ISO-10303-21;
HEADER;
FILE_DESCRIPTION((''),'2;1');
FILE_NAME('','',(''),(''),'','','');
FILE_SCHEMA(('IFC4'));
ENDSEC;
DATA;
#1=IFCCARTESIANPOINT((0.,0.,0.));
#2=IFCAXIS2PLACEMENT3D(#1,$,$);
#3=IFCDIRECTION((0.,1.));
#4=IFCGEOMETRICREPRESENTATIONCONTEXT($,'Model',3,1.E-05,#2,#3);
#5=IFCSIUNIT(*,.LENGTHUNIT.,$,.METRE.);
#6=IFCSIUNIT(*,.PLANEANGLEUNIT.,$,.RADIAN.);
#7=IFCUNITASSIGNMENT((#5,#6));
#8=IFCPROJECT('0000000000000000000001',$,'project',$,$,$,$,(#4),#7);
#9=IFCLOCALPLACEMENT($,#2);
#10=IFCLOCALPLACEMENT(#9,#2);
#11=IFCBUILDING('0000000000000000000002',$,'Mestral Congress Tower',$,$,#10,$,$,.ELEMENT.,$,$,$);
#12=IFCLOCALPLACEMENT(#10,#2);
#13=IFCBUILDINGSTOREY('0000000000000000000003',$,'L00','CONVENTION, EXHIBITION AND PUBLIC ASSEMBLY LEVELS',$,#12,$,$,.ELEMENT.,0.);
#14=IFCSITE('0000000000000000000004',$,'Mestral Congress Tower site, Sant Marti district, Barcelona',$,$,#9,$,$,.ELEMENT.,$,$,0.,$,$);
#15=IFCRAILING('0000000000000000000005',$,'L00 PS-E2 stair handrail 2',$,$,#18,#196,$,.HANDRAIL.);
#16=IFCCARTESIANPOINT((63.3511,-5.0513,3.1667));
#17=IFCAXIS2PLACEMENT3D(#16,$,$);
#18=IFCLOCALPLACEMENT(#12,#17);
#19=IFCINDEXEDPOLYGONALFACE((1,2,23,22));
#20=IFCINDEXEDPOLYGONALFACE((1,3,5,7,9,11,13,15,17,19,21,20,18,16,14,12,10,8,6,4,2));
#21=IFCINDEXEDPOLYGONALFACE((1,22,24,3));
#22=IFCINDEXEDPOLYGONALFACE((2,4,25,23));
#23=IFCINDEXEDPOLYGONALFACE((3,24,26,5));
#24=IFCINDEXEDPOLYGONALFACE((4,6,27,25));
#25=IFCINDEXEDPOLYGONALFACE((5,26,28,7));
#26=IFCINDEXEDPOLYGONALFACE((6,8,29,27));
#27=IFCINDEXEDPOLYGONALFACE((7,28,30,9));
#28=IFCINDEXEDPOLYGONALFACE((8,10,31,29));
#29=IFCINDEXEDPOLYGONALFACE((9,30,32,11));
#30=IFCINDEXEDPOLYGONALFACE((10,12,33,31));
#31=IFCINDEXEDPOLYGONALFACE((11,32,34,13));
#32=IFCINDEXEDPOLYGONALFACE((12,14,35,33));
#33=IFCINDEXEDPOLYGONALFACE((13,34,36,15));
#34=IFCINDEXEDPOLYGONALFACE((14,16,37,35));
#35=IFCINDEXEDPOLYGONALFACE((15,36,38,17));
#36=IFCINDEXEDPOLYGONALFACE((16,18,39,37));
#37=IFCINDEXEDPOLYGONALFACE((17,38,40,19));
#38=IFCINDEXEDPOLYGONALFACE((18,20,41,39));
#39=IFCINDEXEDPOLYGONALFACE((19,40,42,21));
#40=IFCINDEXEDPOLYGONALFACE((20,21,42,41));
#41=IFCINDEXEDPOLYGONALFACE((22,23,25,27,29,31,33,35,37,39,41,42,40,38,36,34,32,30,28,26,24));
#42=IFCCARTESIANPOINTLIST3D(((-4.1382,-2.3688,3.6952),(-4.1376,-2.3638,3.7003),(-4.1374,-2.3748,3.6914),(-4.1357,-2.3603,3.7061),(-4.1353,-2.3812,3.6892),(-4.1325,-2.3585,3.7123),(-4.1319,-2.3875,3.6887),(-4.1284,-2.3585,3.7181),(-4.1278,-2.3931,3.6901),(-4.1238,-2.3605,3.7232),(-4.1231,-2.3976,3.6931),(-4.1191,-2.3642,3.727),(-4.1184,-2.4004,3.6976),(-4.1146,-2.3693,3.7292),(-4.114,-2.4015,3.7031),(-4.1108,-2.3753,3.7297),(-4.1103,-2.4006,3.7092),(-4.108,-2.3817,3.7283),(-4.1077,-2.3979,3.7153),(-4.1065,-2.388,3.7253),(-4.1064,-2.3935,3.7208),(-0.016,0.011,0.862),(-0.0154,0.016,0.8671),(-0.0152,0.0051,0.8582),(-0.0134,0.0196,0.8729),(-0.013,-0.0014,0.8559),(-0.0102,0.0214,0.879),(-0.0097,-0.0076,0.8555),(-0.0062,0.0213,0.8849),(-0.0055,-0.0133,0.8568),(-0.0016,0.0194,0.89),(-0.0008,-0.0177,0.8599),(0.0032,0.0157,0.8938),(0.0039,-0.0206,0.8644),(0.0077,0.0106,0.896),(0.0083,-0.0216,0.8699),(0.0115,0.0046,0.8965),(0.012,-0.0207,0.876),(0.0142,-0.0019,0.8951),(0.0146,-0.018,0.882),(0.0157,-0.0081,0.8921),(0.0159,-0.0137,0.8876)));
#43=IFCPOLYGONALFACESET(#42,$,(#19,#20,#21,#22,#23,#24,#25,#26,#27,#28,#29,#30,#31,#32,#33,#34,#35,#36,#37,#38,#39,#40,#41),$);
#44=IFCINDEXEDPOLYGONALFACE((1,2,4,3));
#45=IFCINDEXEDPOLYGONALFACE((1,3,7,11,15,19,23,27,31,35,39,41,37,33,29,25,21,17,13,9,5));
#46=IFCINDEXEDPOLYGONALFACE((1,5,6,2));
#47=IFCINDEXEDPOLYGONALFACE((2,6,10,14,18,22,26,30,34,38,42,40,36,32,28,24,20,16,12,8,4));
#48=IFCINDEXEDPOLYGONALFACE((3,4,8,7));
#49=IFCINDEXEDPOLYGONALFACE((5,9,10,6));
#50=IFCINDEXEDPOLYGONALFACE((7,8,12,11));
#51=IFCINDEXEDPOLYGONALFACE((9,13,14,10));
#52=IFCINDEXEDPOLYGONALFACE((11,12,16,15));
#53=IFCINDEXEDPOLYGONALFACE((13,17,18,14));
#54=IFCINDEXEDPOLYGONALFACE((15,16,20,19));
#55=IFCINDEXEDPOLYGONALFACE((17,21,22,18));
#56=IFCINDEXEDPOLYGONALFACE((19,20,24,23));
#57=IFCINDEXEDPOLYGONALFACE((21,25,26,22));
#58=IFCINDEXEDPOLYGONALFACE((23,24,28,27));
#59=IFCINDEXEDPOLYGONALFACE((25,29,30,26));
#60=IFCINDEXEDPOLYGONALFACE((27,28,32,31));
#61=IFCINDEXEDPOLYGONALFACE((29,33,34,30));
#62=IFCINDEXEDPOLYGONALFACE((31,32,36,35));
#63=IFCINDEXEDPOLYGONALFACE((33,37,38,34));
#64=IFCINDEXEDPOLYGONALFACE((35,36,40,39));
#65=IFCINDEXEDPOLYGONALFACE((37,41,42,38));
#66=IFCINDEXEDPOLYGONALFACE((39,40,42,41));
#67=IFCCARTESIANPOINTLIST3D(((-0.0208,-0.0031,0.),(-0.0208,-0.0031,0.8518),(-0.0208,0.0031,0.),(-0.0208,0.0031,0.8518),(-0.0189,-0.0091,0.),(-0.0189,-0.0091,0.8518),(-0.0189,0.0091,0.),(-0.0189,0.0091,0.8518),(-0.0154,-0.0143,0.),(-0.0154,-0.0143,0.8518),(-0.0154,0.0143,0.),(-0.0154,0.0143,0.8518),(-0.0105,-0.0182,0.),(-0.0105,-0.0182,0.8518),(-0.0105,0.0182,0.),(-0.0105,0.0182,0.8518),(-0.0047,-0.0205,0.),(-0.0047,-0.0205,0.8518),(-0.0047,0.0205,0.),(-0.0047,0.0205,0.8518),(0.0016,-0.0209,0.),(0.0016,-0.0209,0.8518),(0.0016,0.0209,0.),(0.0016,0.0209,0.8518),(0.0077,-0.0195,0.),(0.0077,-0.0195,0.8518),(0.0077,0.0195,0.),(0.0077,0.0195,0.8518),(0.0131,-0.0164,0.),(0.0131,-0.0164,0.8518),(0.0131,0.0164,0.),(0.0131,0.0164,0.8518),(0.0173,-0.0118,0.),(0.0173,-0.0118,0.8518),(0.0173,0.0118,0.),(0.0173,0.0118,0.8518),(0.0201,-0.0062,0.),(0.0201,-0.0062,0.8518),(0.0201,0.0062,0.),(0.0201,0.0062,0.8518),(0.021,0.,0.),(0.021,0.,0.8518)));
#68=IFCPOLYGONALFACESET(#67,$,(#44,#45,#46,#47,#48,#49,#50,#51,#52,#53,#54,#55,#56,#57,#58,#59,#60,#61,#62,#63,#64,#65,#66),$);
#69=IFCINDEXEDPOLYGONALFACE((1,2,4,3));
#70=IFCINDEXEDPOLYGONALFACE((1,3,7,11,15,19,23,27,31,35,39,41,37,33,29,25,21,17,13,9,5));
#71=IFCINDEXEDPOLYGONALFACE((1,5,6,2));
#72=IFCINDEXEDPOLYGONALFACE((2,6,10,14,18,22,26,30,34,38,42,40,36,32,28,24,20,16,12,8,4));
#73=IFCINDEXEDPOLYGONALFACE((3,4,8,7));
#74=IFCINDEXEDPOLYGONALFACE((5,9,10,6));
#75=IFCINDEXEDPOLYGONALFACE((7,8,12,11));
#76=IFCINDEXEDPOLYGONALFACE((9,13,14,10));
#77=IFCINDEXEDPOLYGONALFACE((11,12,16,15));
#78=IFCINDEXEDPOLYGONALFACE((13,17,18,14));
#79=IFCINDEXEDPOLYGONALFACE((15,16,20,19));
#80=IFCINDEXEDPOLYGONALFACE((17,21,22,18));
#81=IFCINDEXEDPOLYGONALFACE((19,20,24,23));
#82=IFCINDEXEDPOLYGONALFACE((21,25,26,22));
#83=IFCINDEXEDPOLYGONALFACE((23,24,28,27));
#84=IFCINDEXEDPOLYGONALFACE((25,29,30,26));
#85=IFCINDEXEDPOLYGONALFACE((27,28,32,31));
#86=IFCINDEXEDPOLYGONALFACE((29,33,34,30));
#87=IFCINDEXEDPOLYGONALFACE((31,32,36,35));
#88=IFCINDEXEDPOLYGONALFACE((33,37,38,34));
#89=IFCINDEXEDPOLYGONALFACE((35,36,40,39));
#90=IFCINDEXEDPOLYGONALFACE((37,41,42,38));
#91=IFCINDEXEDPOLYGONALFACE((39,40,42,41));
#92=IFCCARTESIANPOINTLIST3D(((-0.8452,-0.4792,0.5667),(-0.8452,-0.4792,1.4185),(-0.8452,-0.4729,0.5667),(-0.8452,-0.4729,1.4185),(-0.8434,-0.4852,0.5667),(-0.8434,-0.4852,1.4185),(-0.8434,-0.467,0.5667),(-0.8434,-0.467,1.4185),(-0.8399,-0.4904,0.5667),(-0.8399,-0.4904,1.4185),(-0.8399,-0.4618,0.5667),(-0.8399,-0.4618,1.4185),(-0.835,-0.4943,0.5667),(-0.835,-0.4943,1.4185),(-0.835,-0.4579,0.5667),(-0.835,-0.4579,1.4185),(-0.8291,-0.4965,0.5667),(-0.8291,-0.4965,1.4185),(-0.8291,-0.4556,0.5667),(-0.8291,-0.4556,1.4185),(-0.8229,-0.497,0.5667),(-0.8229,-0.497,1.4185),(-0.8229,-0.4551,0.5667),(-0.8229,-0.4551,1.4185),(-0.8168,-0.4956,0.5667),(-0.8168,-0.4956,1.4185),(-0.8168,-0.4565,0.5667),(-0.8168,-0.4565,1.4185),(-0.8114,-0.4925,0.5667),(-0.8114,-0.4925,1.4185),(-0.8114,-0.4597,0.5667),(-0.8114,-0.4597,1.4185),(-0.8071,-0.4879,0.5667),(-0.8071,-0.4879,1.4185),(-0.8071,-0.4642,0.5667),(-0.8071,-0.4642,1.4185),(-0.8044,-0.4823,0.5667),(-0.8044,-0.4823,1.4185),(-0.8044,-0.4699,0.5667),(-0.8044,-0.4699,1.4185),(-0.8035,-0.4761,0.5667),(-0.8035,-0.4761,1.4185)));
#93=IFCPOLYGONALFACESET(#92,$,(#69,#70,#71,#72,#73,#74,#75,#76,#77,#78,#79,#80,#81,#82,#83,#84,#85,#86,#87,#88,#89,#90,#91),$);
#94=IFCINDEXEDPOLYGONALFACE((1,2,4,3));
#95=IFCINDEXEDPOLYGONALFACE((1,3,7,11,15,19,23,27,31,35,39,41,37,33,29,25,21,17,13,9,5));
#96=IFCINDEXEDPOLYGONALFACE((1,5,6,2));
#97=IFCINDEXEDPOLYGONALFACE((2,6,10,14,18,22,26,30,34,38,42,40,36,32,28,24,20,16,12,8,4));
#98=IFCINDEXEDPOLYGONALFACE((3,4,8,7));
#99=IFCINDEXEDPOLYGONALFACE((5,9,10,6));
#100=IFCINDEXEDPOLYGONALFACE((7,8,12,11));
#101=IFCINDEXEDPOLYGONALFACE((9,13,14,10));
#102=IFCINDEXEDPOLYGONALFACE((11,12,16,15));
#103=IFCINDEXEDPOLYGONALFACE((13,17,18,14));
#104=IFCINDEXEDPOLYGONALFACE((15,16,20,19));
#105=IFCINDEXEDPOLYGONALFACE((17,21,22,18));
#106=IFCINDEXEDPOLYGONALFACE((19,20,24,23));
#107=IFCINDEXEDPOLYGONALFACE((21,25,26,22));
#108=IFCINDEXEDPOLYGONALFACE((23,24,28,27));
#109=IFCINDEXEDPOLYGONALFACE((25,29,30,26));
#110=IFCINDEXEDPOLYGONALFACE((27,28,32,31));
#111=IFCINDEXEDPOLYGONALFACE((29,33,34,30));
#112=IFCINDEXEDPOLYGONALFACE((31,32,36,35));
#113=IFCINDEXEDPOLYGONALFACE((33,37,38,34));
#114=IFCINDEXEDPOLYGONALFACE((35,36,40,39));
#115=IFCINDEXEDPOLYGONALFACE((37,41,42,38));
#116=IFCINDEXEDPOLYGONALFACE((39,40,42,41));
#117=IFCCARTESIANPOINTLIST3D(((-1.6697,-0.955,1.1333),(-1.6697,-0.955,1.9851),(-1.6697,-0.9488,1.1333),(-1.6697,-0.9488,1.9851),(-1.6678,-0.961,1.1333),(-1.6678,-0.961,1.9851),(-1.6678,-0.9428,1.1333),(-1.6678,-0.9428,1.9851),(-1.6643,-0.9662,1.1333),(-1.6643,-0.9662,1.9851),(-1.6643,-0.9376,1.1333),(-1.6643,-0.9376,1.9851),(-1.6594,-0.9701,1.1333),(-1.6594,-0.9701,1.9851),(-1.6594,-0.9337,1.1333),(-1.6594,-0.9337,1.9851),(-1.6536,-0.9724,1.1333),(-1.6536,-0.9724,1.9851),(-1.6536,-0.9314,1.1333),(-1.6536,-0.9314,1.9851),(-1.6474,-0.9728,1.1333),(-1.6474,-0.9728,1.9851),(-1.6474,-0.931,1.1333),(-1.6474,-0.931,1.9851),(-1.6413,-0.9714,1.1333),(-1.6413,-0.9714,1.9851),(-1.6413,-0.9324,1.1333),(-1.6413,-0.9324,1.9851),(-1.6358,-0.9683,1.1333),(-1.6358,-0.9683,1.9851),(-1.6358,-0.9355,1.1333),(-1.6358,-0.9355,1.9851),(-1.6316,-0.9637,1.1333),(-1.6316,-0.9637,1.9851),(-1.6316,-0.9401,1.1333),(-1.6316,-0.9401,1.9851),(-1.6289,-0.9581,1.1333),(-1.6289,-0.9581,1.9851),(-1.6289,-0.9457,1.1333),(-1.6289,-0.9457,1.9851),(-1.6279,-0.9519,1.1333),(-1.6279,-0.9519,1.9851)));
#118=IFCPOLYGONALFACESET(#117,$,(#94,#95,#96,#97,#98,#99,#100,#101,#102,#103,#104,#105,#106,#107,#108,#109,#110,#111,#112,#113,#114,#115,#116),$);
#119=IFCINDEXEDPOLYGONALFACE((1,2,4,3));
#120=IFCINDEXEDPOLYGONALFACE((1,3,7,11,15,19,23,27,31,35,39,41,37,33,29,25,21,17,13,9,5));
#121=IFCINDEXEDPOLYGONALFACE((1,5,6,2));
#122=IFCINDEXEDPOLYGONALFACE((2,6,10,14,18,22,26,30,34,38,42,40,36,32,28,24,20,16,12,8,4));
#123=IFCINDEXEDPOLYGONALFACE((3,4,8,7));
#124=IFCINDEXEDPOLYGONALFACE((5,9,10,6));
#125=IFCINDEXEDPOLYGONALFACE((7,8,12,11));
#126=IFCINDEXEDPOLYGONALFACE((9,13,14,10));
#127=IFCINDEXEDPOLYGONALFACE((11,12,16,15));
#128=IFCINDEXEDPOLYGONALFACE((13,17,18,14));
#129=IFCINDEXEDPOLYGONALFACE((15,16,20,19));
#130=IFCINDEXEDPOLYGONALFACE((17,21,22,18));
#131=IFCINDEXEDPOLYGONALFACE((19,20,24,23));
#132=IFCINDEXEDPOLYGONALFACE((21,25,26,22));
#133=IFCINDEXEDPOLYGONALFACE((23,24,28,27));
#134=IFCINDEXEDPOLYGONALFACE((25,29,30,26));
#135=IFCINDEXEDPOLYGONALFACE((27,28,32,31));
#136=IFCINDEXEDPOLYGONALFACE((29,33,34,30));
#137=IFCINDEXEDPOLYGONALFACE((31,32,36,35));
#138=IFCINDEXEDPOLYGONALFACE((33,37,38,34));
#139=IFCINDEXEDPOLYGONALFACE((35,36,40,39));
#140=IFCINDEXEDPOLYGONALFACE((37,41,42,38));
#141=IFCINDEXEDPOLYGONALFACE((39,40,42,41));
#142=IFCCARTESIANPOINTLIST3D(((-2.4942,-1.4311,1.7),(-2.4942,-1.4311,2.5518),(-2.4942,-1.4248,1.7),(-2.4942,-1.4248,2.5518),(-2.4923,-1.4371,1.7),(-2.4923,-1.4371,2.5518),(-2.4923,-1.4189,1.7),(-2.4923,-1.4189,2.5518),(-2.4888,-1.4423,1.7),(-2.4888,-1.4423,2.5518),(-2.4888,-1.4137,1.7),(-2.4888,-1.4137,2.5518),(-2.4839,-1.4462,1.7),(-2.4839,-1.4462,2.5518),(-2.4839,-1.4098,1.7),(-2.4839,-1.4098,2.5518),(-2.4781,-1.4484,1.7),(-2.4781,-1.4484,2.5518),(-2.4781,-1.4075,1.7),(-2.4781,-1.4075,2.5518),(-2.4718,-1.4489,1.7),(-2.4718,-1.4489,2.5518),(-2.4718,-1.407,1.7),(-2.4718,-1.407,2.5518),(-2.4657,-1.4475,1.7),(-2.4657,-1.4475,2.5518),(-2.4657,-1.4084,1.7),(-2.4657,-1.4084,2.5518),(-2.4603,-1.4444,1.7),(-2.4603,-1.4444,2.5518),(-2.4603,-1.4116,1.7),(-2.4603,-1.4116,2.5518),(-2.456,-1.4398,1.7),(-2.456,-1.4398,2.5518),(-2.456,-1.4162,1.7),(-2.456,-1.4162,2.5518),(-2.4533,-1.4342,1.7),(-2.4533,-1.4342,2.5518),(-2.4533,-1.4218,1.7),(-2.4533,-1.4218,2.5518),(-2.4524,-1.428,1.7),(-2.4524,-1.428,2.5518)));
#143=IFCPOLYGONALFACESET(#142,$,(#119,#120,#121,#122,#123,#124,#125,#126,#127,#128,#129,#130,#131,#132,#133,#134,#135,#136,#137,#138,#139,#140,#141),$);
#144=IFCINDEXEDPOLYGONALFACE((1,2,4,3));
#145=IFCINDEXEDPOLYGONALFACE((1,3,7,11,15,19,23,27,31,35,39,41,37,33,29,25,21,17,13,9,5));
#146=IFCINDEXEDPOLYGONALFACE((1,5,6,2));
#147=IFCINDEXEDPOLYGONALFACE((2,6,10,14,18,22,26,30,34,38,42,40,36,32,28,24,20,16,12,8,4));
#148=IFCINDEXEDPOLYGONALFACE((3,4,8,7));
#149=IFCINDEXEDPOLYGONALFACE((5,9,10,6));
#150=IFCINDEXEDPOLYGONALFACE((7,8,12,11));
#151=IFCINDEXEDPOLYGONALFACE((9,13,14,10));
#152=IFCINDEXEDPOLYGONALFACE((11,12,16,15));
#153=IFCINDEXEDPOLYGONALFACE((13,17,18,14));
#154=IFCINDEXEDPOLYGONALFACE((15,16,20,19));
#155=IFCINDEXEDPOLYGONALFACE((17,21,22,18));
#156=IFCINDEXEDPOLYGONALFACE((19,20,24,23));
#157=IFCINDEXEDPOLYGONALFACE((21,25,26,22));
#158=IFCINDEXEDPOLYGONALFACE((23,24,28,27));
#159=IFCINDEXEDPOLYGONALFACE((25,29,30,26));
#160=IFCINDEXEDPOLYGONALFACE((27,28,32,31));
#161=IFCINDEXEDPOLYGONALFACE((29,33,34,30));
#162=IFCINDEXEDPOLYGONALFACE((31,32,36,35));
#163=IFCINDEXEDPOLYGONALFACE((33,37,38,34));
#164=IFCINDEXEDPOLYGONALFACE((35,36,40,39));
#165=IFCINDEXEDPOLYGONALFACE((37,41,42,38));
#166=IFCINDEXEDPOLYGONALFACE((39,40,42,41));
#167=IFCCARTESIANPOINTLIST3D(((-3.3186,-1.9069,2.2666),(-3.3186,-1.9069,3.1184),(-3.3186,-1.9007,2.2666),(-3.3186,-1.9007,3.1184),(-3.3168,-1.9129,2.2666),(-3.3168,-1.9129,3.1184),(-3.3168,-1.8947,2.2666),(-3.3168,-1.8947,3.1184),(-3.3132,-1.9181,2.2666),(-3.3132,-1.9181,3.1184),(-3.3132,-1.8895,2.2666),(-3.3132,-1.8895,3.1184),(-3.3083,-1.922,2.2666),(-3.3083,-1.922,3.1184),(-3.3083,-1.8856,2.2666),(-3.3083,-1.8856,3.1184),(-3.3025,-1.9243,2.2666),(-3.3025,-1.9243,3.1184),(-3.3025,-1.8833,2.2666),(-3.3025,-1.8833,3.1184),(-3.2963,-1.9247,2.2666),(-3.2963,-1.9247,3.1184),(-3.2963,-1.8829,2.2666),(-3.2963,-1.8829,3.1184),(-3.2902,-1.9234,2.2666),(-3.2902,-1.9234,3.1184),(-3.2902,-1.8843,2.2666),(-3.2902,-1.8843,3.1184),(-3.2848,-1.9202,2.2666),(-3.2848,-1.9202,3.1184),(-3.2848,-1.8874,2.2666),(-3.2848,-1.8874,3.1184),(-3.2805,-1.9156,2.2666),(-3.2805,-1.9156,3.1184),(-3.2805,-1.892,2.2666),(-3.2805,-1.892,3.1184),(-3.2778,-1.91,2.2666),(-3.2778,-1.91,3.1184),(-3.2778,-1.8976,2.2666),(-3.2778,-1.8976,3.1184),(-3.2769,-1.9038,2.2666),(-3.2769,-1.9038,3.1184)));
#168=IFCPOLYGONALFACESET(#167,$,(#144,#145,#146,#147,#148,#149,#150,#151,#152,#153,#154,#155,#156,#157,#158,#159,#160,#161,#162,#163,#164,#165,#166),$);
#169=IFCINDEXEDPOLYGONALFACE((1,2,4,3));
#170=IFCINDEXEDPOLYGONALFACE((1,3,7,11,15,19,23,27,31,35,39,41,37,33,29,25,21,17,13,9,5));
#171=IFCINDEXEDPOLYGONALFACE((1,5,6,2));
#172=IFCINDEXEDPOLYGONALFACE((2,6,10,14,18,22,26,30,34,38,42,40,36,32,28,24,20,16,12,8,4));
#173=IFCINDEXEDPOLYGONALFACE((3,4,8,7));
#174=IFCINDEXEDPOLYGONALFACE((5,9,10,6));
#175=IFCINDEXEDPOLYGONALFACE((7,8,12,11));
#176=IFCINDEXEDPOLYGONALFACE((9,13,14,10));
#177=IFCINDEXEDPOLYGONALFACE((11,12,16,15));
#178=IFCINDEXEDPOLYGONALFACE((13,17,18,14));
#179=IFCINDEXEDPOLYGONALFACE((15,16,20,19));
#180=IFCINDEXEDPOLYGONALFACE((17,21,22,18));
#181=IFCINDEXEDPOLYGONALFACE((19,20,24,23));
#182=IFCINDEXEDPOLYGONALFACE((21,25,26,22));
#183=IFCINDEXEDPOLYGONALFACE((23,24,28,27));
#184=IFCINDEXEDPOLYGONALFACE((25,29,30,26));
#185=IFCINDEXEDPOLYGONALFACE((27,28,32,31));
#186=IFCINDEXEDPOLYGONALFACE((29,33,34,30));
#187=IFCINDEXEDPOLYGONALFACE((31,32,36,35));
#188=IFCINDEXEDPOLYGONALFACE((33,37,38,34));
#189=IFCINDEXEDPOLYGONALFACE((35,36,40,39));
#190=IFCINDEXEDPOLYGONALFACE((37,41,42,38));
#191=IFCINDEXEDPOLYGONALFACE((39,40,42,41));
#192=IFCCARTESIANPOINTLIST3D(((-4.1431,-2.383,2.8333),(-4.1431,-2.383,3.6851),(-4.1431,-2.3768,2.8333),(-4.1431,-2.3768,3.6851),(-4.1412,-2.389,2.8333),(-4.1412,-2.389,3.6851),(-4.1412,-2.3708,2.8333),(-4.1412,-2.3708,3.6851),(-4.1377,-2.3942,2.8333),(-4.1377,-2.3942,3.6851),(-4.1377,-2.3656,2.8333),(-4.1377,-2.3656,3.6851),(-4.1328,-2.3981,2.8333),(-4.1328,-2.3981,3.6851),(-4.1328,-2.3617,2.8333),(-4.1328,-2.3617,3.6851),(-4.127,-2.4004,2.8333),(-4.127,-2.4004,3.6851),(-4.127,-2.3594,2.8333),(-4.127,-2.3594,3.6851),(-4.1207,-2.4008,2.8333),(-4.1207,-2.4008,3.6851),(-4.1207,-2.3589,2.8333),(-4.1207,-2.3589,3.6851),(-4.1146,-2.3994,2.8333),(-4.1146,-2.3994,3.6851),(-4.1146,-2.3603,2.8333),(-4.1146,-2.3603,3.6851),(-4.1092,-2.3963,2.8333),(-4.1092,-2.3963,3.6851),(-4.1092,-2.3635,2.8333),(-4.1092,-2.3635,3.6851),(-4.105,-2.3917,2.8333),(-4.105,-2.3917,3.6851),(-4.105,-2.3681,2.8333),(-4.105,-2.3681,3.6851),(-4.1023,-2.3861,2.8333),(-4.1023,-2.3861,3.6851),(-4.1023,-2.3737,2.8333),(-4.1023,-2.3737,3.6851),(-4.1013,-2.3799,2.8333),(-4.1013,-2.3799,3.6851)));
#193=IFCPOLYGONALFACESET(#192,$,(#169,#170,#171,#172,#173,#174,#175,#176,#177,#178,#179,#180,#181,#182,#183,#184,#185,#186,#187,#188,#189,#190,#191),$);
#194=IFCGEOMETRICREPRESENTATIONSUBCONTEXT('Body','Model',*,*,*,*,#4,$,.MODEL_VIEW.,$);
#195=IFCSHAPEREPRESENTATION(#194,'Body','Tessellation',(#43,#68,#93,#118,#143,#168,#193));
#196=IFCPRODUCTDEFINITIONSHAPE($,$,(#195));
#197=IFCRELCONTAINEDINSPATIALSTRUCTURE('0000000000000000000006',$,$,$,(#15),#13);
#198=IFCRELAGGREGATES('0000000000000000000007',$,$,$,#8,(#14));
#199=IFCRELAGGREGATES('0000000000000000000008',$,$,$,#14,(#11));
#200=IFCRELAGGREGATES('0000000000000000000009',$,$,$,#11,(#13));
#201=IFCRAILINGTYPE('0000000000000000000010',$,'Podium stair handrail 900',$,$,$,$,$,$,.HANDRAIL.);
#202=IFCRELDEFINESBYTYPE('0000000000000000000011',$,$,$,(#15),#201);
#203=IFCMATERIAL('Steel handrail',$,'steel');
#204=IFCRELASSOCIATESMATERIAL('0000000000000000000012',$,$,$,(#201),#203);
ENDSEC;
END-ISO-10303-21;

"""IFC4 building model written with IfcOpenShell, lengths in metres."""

from ifc_helpers import new_model, si_unit, direction, frame, origin, origin_2d, place, context, subcontext, project, spatial, circle, extrude, material, type_object, element, save


model = new_model("IFC4")

# Units and contexts
model_context = context("Model", 3, precision=1e-05, world=origin(), true_north=direction((0.0, 1.0)))
body_context = subcontext(model_context, "Body", "Model", "MODEL_VIEW")
ifc_project = project(units=[si_unit("LENGTHUNIT", "METRE"), si_unit("PLANEANGLEUNIT", "RADIAN")], contexts=[model_context])

# Site, building, storey
site_placement = place(None, origin())
site = spatial("IfcSite", under=ifc_project, at=site_placement, Name="Mestral Congress Tower site, Sant Marti district, Barcelona", CompositionType="ELEMENT", RefElevation=0.0)
building_placement = place(site_placement, origin())
building = spatial("IfcBuilding", under=site, at=building_placement, Name="Mestral Congress Tower", CompositionType="ELEMENT")
storey_placement = place(building_placement, origin())
storey = spatial("IfcBuildingStorey", under=building, at=storey_placement, Name="L00", Description="CONVENTION, EXHIBITION AND PUBLIC ASSEMBLY LEVELS", CompositionType="ELEMENT", Elevation=0.0)

# Railing
ifc_material_1 = material(Name="Steel handrail", Category="steel")
railing_type_1 = type_object("IfcRailingType", Name="Podium stair handrail 900", PredefinedType="HANDRAIL", material=ifc_material_1)
railing_1_placement = place(storey_placement, frame((63.3511, -5.0513, 3.1667)))
element("IfcRailing", 1, at=railing_1_placement, inside=storey, type_object=railing_type_1, Name="L00 PS-E2 stair handrail 2", PredefinedType="HANDRAIL", context=body_context, shape_type="SweptSolid", body=[
    extrude(circle(Radius=0.0239, at=origin_2d()), frame((0.0, 0.0, 0.876), z_axis=(-0.744185, -0.42963, 0.511475), x_axis=(0.499978, -0.866038, 0.0)), (0.0, 0.0, 1.0), 5.5393),
    extrude(circle(Radius=0.021, at=origin_2d()), origin(), (0.0, 0.0, 1.0), 0.8518),
    extrude(circle(Radius=0.021, at=origin_2d()), frame((-0.8245, -0.4761, 0.5667)), (0.0, 0.0, 1.0), 0.8518),
    extrude(circle(Radius=0.021, at=origin_2d()), frame((-1.6489, -0.9519, 1.1333)), (0.0, 0.0, 1.0), 0.8518),
    extrude(circle(Radius=0.021, at=origin_2d()), frame((-2.4734, -1.428, 1.7)), (0.0, 0.0, 1.0), 0.8518),
    extrude(circle(Radius=0.021, at=origin_2d()), frame((-3.2979, -1.9038, 2.2666)), (0.0, 0.0, 1.0), 0.8518),
    extrude(circle(Radius=0.021, at=origin_2d()), frame((-4.1223, -2.3799, 2.8333)), (0.0, 0.0, 1.0), 0.8518),
])

save(model, "model.ifc")
